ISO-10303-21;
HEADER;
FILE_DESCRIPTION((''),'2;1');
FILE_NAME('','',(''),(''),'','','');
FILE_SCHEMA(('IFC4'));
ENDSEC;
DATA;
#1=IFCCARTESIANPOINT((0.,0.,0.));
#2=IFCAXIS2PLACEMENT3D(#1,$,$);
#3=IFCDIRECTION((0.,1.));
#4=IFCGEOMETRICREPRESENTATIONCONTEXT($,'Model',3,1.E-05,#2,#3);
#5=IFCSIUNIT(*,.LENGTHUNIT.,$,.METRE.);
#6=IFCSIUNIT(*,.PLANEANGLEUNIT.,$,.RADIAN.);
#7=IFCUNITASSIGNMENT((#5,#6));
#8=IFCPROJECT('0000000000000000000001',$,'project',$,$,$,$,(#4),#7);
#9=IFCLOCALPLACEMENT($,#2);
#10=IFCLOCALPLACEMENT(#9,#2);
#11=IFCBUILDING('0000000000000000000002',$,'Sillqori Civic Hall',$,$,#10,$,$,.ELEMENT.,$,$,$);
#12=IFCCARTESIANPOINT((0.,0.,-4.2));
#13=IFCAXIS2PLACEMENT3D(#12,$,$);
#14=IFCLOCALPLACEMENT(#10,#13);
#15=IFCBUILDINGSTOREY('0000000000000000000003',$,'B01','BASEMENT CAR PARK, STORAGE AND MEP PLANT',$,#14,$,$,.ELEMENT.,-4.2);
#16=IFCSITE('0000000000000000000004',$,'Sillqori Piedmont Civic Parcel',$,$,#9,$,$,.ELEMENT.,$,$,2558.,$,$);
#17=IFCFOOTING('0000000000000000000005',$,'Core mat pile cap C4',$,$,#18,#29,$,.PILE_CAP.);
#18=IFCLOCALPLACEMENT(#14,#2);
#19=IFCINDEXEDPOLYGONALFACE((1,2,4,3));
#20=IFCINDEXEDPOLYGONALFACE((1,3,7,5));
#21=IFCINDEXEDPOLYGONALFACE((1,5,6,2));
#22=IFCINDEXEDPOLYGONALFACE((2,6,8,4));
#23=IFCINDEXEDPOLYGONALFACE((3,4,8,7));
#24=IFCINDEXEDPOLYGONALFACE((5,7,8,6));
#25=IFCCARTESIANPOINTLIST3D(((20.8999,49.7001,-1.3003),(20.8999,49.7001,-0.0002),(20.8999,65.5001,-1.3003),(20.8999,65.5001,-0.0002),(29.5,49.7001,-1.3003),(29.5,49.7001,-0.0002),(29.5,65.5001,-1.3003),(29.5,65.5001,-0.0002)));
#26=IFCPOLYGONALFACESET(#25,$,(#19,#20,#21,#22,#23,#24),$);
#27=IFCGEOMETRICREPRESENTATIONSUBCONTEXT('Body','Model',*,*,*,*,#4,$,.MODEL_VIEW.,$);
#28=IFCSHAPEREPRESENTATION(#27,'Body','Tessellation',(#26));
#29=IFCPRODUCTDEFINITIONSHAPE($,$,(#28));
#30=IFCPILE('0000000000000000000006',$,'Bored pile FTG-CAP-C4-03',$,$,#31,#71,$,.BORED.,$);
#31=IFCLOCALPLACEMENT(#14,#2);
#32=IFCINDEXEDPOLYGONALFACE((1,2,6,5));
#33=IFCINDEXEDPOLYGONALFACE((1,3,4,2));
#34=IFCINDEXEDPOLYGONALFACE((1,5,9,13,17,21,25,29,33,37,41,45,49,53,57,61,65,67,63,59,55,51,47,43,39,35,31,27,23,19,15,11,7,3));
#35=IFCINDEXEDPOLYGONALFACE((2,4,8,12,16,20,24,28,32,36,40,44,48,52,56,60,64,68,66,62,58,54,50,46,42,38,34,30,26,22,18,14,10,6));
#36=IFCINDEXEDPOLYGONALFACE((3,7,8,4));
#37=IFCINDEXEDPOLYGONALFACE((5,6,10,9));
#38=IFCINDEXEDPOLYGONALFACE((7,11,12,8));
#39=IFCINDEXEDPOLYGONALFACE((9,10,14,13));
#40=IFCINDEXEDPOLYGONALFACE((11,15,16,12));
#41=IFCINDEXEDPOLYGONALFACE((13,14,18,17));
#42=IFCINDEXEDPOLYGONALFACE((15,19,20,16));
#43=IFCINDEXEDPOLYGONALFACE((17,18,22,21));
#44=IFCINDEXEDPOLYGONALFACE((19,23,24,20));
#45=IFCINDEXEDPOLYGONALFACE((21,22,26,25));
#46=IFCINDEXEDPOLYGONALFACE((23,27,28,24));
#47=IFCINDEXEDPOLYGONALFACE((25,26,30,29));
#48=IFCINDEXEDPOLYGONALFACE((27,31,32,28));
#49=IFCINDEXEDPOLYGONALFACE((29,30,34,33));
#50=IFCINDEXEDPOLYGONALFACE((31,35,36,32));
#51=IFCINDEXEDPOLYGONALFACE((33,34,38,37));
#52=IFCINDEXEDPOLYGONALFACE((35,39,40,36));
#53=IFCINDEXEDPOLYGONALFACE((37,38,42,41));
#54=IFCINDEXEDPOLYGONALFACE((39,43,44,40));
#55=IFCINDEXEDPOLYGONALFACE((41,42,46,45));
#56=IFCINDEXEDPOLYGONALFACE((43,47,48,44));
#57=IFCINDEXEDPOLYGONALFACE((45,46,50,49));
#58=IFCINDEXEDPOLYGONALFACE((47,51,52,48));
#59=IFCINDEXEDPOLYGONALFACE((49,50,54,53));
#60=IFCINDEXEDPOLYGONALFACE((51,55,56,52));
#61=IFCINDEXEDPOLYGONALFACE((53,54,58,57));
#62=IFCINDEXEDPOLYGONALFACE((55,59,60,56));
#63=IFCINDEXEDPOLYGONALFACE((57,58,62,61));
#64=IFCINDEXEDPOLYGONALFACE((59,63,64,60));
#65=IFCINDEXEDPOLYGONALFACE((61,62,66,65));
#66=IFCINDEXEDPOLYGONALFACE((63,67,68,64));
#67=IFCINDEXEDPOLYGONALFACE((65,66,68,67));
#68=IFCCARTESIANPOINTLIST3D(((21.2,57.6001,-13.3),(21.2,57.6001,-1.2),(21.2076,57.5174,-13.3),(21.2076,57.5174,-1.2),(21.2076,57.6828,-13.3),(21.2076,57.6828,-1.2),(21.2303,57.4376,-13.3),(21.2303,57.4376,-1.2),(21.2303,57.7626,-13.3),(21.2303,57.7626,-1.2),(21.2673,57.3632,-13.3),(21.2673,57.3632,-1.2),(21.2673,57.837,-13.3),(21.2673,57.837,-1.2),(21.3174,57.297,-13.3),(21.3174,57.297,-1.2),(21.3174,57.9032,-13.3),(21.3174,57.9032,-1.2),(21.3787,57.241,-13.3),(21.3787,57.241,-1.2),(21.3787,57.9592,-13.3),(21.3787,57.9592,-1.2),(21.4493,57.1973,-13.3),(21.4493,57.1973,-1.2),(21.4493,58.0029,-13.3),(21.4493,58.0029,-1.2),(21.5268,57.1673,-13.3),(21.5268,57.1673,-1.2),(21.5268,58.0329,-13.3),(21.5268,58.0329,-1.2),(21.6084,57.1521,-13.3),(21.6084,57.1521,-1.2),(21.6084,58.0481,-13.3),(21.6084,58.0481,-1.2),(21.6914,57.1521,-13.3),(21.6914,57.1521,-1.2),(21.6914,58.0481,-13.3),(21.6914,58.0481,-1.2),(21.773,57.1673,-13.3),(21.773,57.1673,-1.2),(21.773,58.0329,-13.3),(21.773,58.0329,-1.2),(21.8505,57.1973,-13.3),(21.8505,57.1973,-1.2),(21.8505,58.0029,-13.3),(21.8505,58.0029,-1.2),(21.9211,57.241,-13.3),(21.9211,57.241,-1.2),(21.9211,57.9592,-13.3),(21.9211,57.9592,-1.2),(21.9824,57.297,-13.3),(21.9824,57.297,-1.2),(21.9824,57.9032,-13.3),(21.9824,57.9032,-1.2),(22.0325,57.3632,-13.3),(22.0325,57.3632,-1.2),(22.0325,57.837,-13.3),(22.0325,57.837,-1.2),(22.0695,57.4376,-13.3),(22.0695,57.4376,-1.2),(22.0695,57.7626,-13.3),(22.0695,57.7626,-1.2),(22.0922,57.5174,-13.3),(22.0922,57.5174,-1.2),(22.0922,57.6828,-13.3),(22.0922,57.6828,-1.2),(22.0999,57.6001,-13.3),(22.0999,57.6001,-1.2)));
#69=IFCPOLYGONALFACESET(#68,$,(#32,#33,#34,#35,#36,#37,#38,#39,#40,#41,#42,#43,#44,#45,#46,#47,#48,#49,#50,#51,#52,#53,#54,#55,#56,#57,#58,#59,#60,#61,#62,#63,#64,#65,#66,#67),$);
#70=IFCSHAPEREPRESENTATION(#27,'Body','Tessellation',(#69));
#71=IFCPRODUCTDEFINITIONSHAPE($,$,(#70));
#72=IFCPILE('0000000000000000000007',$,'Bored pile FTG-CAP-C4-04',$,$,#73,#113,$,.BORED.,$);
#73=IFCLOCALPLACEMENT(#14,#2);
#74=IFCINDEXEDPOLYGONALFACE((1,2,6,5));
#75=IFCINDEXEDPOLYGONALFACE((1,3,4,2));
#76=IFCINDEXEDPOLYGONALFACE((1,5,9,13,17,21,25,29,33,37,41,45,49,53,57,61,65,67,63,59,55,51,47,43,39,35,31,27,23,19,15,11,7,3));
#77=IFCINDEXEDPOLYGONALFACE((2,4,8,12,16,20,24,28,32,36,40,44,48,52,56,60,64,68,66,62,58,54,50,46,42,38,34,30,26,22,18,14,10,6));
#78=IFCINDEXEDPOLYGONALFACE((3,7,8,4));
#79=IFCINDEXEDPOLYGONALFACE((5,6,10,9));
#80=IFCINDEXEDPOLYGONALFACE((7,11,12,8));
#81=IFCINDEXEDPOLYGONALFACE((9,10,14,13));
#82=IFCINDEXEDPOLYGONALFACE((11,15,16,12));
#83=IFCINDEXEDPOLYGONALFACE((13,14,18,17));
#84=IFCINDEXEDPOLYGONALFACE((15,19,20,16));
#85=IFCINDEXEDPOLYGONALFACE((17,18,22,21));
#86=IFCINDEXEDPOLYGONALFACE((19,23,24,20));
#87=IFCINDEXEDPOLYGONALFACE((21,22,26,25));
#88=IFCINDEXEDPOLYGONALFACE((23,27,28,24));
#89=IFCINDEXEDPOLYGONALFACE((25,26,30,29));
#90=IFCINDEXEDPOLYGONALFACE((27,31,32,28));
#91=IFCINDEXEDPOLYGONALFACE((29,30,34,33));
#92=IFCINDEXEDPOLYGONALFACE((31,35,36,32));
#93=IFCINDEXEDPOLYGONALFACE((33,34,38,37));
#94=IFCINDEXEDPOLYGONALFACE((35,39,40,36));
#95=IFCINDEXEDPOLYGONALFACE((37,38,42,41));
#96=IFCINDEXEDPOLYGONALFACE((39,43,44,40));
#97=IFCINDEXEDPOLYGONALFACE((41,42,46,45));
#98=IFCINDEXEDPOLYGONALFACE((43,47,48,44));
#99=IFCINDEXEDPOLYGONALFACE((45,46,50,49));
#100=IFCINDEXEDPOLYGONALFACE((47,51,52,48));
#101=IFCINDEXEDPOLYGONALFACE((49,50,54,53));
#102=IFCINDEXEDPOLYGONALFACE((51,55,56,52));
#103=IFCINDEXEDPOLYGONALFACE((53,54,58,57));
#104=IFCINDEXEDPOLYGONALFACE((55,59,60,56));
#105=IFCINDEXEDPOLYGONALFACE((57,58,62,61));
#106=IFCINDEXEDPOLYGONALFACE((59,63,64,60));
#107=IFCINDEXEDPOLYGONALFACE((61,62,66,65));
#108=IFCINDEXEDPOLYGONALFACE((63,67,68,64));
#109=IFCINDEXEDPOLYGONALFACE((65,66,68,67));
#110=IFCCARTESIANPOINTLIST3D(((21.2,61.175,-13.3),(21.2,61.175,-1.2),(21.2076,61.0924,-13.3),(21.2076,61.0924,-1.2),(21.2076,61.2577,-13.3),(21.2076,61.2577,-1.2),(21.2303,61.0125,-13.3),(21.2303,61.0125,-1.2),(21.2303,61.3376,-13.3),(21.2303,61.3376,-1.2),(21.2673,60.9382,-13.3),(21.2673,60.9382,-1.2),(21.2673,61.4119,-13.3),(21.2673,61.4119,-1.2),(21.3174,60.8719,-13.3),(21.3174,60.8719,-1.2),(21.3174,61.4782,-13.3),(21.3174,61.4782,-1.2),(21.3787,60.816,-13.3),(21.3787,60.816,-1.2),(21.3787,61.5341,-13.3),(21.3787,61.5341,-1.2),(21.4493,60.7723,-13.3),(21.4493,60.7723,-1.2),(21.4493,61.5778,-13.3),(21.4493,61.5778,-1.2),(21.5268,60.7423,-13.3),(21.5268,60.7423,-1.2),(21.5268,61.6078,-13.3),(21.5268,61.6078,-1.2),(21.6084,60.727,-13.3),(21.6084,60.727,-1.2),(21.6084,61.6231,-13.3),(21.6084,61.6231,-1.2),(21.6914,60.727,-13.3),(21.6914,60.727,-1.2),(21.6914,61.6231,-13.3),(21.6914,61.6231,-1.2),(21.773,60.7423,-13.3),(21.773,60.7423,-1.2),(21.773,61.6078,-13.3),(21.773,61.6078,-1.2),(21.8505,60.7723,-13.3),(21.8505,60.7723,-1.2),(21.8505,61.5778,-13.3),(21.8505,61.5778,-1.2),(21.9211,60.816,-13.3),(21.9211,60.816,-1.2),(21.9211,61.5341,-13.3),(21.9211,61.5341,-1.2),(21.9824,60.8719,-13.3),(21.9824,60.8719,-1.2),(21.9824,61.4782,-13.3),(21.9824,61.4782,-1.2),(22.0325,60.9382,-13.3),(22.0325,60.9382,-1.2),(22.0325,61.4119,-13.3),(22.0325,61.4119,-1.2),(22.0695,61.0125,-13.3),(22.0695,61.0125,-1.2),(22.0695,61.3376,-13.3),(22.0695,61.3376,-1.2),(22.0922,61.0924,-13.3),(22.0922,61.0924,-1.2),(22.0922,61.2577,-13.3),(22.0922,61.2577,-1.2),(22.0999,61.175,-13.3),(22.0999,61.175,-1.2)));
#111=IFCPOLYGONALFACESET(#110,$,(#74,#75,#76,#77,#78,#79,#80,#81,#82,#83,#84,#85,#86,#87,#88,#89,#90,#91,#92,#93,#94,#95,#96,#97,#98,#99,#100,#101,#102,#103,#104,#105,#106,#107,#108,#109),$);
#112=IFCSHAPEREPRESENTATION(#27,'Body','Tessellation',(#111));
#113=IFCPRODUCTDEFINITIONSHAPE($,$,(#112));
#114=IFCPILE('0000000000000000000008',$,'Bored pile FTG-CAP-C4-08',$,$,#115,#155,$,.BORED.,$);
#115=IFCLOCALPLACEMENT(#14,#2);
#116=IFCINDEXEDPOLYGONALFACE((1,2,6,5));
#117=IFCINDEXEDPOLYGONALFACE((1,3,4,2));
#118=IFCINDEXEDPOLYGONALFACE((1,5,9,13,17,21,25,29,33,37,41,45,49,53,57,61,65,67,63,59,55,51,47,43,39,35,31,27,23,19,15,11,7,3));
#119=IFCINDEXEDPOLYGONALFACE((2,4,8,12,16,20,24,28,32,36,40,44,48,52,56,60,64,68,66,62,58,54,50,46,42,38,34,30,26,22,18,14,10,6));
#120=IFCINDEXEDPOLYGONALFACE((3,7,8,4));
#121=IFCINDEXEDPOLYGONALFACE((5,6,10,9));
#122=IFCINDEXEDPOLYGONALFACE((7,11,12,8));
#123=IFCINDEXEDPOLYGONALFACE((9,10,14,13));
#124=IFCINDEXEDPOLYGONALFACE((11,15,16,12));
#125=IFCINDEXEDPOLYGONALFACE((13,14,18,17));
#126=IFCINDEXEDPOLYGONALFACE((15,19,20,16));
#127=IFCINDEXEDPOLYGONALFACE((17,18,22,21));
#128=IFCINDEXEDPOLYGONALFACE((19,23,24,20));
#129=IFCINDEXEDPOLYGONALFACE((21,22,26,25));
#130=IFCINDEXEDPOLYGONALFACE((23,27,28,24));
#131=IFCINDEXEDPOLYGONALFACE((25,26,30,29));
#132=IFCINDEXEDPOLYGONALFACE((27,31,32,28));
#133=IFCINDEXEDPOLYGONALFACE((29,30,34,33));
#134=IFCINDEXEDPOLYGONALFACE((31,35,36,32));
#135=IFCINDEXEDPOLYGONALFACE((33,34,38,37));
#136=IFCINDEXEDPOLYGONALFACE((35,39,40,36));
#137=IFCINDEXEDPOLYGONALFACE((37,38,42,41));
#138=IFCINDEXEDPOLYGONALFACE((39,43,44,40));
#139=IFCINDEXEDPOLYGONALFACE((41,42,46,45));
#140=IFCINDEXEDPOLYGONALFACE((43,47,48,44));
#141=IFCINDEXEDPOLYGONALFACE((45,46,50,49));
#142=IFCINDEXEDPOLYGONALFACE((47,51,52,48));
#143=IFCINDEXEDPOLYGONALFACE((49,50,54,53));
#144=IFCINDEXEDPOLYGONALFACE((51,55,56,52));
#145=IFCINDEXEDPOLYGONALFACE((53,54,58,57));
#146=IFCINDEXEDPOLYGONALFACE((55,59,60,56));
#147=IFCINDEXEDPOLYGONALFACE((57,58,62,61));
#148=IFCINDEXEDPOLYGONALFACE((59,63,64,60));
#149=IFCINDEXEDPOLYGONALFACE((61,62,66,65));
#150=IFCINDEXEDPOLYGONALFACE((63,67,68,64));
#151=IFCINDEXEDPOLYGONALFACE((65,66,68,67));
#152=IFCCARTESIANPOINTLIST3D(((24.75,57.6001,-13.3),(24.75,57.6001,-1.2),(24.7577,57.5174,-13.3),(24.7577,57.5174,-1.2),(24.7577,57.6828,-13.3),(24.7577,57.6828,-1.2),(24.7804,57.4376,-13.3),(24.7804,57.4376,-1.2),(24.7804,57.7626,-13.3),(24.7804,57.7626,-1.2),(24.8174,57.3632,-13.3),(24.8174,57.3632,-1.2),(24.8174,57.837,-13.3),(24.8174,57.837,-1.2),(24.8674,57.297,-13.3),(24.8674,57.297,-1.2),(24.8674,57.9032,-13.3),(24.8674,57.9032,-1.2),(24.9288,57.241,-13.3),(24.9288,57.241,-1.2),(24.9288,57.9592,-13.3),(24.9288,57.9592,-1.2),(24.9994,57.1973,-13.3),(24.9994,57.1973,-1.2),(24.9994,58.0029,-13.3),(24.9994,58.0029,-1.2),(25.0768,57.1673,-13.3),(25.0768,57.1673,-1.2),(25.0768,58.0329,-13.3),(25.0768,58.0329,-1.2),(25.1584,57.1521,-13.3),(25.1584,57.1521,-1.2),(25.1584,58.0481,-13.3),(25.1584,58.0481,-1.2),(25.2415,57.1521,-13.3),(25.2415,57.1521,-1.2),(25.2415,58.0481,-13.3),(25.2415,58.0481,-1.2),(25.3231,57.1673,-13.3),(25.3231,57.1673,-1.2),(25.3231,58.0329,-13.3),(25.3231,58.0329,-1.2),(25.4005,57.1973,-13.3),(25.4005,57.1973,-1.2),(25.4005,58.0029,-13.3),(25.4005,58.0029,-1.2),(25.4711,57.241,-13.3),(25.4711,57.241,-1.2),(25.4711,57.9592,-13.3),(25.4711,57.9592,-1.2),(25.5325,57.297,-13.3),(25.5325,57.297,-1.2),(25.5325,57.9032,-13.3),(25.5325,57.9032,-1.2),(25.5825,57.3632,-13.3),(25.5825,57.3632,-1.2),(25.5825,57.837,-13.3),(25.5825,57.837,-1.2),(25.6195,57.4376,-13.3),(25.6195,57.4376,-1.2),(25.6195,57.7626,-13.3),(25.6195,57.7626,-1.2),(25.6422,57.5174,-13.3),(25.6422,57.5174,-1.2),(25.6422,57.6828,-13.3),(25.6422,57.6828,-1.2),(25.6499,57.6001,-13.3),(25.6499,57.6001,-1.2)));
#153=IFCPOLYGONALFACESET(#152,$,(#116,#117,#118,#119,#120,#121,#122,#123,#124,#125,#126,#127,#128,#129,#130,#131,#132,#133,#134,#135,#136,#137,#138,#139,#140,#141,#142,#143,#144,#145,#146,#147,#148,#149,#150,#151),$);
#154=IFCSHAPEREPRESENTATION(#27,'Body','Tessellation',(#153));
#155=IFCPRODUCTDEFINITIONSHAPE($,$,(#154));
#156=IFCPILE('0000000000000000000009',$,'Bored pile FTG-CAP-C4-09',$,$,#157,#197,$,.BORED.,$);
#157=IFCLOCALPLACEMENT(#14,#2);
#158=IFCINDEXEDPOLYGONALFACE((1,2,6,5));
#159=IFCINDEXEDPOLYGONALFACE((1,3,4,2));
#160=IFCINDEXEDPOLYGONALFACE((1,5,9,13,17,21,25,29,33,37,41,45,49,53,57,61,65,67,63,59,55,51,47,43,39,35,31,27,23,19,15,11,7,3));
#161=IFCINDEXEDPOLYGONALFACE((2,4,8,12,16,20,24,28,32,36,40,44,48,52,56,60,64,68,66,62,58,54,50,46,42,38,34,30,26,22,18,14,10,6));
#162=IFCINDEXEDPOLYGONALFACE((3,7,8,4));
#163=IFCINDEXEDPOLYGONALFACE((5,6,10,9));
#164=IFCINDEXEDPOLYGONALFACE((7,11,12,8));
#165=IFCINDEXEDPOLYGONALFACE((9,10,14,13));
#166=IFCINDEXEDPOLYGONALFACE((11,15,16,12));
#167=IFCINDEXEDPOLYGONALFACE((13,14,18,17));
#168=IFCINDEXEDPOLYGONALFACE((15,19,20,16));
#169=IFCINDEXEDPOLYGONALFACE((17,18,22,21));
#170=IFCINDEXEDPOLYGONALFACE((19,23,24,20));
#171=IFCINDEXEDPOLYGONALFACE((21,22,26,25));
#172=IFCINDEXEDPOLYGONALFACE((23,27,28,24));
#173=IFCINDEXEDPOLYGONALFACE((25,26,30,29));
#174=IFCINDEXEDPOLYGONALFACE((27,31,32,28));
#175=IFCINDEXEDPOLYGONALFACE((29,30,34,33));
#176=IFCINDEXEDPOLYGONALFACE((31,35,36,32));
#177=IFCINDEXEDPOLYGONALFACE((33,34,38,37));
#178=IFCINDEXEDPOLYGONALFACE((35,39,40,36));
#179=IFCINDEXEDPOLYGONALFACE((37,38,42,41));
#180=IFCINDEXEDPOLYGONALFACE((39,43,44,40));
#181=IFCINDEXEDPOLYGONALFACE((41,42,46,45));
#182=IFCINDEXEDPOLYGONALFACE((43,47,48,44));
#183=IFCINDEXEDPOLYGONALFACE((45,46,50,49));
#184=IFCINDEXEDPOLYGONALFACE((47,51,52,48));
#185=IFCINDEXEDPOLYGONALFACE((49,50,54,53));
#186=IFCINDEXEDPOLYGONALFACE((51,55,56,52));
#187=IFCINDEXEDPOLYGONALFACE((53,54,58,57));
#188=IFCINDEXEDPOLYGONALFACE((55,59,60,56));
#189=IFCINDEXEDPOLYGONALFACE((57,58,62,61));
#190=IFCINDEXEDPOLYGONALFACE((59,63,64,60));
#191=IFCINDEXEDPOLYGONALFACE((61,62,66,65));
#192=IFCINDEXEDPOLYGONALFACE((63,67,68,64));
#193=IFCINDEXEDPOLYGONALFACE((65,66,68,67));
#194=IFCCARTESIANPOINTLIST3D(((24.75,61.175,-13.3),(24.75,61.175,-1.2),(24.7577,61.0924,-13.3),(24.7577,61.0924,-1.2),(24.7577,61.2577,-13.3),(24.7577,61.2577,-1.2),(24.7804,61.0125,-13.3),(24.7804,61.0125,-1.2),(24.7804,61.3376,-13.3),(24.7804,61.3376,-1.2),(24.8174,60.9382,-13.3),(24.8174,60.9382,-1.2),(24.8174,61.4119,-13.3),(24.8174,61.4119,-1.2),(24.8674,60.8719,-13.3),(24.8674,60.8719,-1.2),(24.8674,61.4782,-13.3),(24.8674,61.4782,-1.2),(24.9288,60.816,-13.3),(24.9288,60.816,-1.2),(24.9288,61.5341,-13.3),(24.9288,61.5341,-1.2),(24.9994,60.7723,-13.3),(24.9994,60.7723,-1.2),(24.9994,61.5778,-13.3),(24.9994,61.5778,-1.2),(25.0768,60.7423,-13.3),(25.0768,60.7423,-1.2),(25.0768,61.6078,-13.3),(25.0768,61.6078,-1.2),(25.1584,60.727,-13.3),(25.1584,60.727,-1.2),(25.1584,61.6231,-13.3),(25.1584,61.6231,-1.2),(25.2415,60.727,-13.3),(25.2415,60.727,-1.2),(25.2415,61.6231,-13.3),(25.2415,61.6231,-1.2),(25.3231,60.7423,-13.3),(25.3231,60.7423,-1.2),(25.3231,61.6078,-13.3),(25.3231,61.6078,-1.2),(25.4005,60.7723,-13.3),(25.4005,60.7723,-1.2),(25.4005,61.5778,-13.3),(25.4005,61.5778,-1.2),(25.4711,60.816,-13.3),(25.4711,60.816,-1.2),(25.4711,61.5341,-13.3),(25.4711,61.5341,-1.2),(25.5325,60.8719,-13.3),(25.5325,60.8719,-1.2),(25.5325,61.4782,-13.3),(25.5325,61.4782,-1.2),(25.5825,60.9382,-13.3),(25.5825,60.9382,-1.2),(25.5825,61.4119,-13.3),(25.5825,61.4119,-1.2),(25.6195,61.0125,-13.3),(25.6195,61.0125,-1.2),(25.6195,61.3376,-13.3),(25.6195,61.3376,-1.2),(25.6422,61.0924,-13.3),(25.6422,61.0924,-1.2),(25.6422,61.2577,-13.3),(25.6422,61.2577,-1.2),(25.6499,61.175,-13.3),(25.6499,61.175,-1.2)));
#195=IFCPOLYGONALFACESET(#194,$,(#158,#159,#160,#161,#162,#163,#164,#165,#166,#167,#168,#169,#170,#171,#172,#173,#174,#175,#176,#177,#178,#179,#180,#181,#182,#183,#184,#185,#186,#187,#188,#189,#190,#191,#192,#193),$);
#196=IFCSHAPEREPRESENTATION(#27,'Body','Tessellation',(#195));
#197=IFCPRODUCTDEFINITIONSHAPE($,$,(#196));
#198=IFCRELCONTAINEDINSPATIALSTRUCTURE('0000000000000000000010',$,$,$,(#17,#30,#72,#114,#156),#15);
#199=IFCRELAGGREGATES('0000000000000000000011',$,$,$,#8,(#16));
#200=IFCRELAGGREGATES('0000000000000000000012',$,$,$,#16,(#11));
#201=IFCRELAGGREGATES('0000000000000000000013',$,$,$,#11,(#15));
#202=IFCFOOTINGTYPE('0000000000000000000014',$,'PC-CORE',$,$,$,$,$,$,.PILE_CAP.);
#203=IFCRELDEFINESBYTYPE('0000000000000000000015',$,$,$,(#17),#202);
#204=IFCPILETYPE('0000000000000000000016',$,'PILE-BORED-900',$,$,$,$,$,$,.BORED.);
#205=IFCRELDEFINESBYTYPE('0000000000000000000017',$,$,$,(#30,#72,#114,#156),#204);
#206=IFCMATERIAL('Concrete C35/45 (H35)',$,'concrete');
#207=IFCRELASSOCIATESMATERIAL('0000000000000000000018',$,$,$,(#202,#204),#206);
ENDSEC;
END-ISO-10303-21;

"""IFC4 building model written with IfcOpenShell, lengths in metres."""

from ifc_helpers import new_model, si_unit, direction, frame, origin, origin_2d, place, context, subcontext, project, spatial, rectangle, circle, extrude, material, material_profile, profile_set, type_object, element, save


model = new_model("IFC4")

# Units and contexts
model_context = context("Model", 3, precision=1e-05, world=origin(), true_north=direction((0.0, 1.0)))
body_context = subcontext(model_context, "Body", "Model", "MODEL_VIEW")
ifc_project = project(units=[si_unit("LENGTHUNIT", "METRE"), si_unit("PLANEANGLEUNIT", "RADIAN")], contexts=[model_context])

# Site, building, storey
site_placement = place(None, origin())
site = spatial("IfcSite", under=ifc_project, at=site_placement, Name="Sillqori Piedmont Civic Parcel", CompositionType="ELEMENT", RefElevation=2558.0)
building_placement = place(site_placement, origin())
building = spatial("IfcBuilding", under=site, at=building_placement, Name="Sillqori Civic Hall", CompositionType="ELEMENT")
storey_placement = place(building_placement, frame((0.0, 0.0, -4.2)))
storey = spatial("IfcBuildingStorey", under=building, at=storey_placement, Name="B01", Description="BASEMENT CAR PARK, STORAGE AND MEP PLANT", CompositionType="ELEMENT", Elevation=-4.2)

# Footing
ifc_material_1 = material(Name="Concrete C35/45 (H35)", Category="concrete")
footing_type = type_object("IfcFootingType", Name="PC-CORE", PredefinedType="PILE_CAP", material=ifc_material_1)
footing_placement = place(storey_placement, frame((25.2, 57.6001, -1.3003), z_axis=(0.0, 0.0, 1.0), x_axis=(1.0, 0.0, 0.0)))
element("IfcFooting", 1, at=footing_placement, inside=storey, type_object=footing_type, Name="Core mat pile cap C4", PredefinedType="PILE_CAP", context=body_context, shape_type="SweptSolid", body=[
    extrude(rectangle(XDim=8.6001, YDim=15.8, at=origin_2d()), origin(), (0.0, 0.0, 1.0), 1.3),
])

# Piles
ifc_material_profile_1 = material_profile(ifc_material_1, circle(Radius=0.45, at=origin_2d()), Name="BORED PILE 900")
ifc_profile_set_1 = profile_set([ifc_material_profile_1], Name="Concrete C35/45 (H35)")
pile_type = type_object("IfcPileType", Name="PILE-BORED-900", PredefinedType="BORED", material=ifc_profile_set_1)
for number, where, z_axis, x_axis, name in (
    (2, (21.6499, 57.6001, -1.2), (0.0, 0.0, -1.0), (1.0, 0.0, 0.0), "Bored pile FTG-CAP-C4-03"),
    (3, (21.6499, 61.175, -1.2), (0.0, 0.0, -1.0), (1.0, 0.0, 0.0), "Bored pile FTG-CAP-C4-04"),
    (4, (25.2, 57.6001, -1.2), (0.0, 0.0, -1.0), (1.0, 0.0, 0.0), "Bored pile FTG-CAP-C4-08"),
    (5, (25.2, 61.175, -1.2), (0.0, 0.0, -1.0), (1.0, 0.0, 0.0), "Bored pile FTG-CAP-C4-09"),
):
    element("IfcPile", number, at=place(storey_placement, frame(where, z_axis=z_axis, x_axis=x_axis)), inside=storey, type_object=pile_type, Name=name, PredefinedType="BORED", context=body_context, shape_type="SweptSolid", body=[
        extrude(circle(Radius=0.45, at=origin_2d()), origin(), (0.0, 0.0, 1.0), 12.1001),
    ])

save(model, "model.ifc")
